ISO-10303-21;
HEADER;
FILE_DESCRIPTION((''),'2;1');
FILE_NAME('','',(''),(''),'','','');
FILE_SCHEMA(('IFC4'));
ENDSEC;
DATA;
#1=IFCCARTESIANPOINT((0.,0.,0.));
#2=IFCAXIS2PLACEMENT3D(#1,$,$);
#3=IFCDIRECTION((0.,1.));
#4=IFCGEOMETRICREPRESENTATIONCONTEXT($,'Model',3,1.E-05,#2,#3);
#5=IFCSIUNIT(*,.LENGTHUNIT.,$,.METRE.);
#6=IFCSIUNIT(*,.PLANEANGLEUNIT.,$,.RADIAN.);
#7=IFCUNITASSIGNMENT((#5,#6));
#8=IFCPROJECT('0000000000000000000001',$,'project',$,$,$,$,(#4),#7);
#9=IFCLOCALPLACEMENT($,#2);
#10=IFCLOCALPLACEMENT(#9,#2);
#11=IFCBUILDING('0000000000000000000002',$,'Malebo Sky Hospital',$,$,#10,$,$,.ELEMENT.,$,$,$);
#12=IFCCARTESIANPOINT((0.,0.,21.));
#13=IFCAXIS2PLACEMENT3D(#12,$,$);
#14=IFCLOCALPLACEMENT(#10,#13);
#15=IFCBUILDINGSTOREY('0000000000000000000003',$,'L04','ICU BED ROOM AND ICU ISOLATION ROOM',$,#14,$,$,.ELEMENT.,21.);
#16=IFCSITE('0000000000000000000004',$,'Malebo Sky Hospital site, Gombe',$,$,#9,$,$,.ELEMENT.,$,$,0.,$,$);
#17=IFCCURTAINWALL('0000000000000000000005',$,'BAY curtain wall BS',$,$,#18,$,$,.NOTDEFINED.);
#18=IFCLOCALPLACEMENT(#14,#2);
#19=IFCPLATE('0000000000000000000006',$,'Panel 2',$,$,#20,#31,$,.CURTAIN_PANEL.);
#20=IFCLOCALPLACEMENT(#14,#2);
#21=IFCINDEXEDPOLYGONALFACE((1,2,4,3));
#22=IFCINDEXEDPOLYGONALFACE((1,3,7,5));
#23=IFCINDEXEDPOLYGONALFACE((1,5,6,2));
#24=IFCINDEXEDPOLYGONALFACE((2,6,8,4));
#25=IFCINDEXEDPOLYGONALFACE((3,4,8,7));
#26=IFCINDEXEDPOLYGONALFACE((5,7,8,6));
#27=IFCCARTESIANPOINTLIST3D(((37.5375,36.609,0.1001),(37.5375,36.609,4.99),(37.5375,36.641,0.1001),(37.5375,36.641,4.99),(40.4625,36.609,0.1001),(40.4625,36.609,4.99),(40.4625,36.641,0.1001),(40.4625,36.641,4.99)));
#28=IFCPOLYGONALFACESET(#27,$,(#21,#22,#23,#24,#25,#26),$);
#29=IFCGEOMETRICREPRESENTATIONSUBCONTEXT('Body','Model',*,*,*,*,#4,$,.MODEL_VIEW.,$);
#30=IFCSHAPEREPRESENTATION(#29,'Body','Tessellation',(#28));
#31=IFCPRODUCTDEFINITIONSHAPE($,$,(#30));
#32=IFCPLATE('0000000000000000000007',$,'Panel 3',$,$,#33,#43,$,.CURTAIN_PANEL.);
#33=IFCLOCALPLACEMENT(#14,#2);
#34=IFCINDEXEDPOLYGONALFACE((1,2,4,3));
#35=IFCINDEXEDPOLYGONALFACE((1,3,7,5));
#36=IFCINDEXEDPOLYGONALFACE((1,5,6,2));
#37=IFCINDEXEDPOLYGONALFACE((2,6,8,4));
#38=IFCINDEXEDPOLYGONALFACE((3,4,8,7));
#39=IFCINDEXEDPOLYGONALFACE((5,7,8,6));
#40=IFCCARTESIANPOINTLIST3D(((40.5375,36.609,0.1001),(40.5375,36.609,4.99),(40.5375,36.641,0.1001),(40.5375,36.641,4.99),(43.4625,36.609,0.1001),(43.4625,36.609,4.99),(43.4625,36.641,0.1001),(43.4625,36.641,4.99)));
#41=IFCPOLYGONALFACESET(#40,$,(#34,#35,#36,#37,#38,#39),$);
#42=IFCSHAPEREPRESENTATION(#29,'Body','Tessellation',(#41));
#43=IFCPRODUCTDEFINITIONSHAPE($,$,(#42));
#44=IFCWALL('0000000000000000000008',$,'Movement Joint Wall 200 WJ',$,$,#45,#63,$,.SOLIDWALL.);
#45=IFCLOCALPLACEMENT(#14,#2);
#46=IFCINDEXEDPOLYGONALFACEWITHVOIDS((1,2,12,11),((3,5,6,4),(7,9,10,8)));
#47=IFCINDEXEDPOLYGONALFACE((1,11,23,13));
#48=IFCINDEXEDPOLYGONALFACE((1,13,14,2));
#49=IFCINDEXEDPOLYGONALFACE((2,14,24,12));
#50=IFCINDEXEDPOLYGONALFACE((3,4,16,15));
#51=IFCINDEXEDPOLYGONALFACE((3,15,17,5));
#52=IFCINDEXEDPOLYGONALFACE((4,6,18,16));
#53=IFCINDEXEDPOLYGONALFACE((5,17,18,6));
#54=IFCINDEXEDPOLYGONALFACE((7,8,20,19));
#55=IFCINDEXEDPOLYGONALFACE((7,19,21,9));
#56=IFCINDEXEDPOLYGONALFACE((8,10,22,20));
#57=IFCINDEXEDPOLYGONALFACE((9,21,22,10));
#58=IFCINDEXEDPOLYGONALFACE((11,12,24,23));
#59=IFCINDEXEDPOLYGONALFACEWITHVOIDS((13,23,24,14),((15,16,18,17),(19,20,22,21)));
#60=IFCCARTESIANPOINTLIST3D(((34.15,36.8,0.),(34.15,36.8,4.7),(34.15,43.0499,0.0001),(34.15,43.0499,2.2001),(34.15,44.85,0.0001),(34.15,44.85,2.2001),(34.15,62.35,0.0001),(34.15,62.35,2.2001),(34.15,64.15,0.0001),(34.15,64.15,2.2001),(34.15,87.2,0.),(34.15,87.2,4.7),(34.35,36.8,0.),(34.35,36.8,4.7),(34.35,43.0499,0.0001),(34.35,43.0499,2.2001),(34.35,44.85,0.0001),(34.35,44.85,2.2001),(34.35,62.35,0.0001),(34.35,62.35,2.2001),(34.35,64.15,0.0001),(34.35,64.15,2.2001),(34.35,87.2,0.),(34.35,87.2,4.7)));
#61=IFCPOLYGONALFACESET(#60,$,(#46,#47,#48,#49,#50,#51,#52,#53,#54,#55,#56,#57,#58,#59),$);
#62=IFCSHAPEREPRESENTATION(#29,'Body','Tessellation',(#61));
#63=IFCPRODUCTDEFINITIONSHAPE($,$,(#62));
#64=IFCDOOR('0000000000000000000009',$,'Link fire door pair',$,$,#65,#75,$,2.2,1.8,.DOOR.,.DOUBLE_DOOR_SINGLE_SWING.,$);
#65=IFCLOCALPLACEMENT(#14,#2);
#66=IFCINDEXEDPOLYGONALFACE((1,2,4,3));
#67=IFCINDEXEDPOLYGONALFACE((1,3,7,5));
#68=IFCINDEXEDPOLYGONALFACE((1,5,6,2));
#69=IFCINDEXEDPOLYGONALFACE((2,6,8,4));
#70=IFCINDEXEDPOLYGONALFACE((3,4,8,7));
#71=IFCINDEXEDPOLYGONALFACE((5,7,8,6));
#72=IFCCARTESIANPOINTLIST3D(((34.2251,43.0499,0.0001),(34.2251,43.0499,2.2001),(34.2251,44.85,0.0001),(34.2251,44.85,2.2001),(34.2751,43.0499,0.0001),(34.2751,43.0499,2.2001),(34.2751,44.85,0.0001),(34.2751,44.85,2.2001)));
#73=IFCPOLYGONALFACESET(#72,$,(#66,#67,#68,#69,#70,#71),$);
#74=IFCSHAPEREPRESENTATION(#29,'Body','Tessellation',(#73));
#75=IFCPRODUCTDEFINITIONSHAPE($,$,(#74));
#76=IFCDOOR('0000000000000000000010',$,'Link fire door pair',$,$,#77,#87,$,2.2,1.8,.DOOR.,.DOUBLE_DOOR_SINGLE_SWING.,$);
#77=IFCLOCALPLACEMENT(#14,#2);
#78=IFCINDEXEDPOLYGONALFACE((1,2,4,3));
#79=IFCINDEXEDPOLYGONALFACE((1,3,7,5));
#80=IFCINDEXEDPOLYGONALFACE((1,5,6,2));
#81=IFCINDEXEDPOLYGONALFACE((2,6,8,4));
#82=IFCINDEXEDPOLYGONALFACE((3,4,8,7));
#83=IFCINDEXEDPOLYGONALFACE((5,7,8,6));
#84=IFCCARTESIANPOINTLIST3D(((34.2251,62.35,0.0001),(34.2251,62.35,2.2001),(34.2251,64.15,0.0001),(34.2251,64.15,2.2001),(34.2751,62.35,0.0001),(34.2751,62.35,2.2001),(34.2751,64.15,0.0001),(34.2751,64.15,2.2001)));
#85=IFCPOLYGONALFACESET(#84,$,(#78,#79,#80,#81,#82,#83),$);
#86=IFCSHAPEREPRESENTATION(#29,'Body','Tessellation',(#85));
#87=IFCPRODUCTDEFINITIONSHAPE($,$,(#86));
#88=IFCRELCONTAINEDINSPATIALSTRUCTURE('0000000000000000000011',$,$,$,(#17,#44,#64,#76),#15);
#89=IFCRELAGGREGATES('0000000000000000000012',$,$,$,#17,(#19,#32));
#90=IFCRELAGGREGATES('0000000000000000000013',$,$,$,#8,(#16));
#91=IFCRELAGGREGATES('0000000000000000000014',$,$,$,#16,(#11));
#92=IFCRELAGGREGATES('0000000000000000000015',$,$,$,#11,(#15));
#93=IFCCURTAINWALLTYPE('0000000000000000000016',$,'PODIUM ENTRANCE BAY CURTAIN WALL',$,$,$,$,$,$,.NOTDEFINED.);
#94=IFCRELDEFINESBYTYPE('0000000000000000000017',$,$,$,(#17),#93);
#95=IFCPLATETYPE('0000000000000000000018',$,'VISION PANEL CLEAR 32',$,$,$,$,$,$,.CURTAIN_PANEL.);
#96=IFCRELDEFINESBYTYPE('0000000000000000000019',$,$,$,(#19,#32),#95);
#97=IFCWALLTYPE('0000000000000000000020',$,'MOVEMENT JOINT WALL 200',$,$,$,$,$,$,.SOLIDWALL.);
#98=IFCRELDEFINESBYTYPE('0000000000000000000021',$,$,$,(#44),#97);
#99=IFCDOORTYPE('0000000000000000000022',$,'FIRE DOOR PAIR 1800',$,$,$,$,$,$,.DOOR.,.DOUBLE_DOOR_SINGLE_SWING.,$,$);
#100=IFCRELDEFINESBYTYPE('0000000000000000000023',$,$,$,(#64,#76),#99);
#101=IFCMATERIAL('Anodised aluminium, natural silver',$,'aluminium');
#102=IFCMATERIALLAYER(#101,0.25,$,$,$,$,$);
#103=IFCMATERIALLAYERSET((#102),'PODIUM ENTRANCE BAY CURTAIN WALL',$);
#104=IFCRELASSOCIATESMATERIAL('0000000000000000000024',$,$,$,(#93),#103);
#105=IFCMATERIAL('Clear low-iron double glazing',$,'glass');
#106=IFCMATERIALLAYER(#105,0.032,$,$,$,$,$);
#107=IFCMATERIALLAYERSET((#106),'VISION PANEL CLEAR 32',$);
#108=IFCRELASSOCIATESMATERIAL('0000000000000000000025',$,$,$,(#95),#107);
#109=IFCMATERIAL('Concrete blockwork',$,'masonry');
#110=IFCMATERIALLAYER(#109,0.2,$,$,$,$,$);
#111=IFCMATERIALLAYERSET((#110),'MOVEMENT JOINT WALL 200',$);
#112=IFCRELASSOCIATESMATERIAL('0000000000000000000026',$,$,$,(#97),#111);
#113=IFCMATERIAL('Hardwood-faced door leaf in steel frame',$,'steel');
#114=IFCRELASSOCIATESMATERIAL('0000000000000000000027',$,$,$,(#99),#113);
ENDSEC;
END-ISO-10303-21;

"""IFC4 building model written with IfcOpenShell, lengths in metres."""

from ifc_helpers import new_model, si_unit, direction, frame, frame_2d, origin, origin_2d, place, context, subcontext, project, spatial, rectangle, extrude, material, layer, layer_set, type_object, element, fill, aggregate, save


model = new_model("IFC4")

# Units and contexts
model_context = context("Model", 3, precision=1e-05, world=origin(), true_north=direction((0.0, 1.0)))
body_context = subcontext(model_context, "Body", "Model", "MODEL_VIEW")
ifc_project = project(units=[si_unit("LENGTHUNIT", "METRE"), si_unit("PLANEANGLEUNIT", "RADIAN")], contexts=[model_context])

# Site, building, storey
site_placement = place(None, origin())
site = spatial("IfcSite", under=ifc_project, at=site_placement, Name="Malebo Sky Hospital site, Gombe", CompositionType="ELEMENT", RefElevation=0.0)
building_placement = place(site_placement, origin())
building = spatial("IfcBuilding", under=site, at=building_placement, Name="Malebo Sky Hospital", CompositionType="ELEMENT")
storey_placement = place(building_placement, frame((0.0, 0.0, 21.0)))
storey = spatial("IfcBuildingStorey", under=building, at=storey_placement, Name="L04", Description="ICU BED ROOM AND ICU ISOLATION ROOM", CompositionType="ELEMENT", Elevation=21.0)

# Shared definitions
ifc_material_1 = material(Name="Anodised aluminium, natural silver", Category="aluminium")

# Curtain wall
ifc_layer_1 = layer(ifc_material_1, 0.25)
ifc_layer_set_1 = layer_set([ifc_layer_1], Name="PODIUM ENTRANCE BAY CURTAIN WALL")
curtain_wall_type_1 = type_object("IfcCurtainWallType", Name="PODIUM ENTRANCE BAY CURTAIN WALL", PredefinedType="NOTDEFINED", material=ifc_layer_set_1)
curtain_wall_1_placement = place(storey_placement, origin())
curtain_wall_1 = element("IfcCurtainWall", 1, at=curtain_wall_1_placement, inside=storey, type_object=curtain_wall_type_1, Name="BAY curtain wall BS", PredefinedType="NOTDEFINED")

# Plates
ifc_material_2 = material(Name="Clear low-iron double glazing", Category="glass")
ifc_layer_2 = layer(ifc_material_2, 0.032)
ifc_layer_set_2 = layer_set([ifc_layer_2], Name="VISION PANEL CLEAR 32")
plate_type = type_object("IfcPlateType", Name="VISION PANEL CLEAR 32", PredefinedType="CURTAIN_PANEL", material=ifc_layer_set_2)
plate_1_placement = place(storey_placement, frame((39.0, 36.625, 0.1001), z_axis=(0.0, 0.0, 1.0), x_axis=(1.0, 0.0, 0.0)))
plate_1 = element("IfcPlate", 2, at=plate_1_placement, type_object=plate_type, Name="Panel 2", PredefinedType="CURTAIN_PANEL", context=body_context, shape_type="SweptSolid", body=[
    extrude(rectangle(XDim=2.925, YDim=0.032, at=origin_2d()), origin(), (0.0, 0.0, 1.0), 4.8899),
])
plate_2_placement = place(storey_placement, frame((42.0, 36.625, 0.1001), z_axis=(0.0, 0.0, 1.0), x_axis=(1.0, 0.0, 0.0)))
plate_2 = element("IfcPlate", 3, at=plate_2_placement, type_object=plate_type, Name="Panel 3", PredefinedType="CURTAIN_PANEL", context=body_context, shape_type="SweptSolid", body=[
    extrude(rectangle(XDim=2.925, YDim=0.032, at=origin_2d()), origin(), (0.0, 0.0, 1.0), 4.8899),
])
aggregate(curtain_wall_1, [plate_1, plate_2])

# Wall, openings, doors
ifc_material_3 = material(Name="Concrete blockwork", Category="masonry")
ifc_layer_3 = layer(ifc_material_3, 0.2)
ifc_layer_set_3 = layer_set([ifc_layer_3], Name="MOVEMENT JOINT WALL 200")
wall_type = type_object("IfcWallType", Name="MOVEMENT JOINT WALL 200", PredefinedType="SOLIDWALL", material=ifc_layer_set_3)
wall_placement = place(storey_placement, frame((34.25, 36.8, 0.0), z_axis=(0.0, 0.0, 1.0), x_axis=(0.0, 1.0, 0.0)))
wall = element("IfcWall", 4, at=wall_placement, inside=storey, type_object=wall_type, Name="Movement Joint Wall 200 WJ", PredefinedType="SOLIDWALL", context=body_context, shape_type="SweptSolid", body=[
    extrude(rectangle(XDim=50.3999, YDim=0.2, at=frame_2d((25.2, 0.0))), origin(), (0.0, 0.0, 1.0), 4.7),
])
opening_1_placement = place(wall_placement, frame((6.25, 0.0, 0.0)))
opening_1 = element("IfcOpeningElement", 5, at=opening_1_placement, cuts=wall, PredefinedType="OPENING", context=body_context, shape_type="SweptSolid", body=[
    extrude(rectangle(XDim=1.8, YDim=2.2, at=frame_2d((0.8999, 1.1001))), frame((0.0, 0.1099, 0.0), z_axis=(0.0, -1.0, 0.0), x_axis=(1.0, 0.0, 0.0)), (0.0, 0.0, 1.0), 0.22),
])
opening_2_placement = place(wall_placement, frame((25.55, 0.0, 0.0)))
opening_2 = element("IfcOpeningElement", 6, at=opening_2_placement, cuts=wall, PredefinedType="OPENING", context=body_context, shape_type="SweptSolid", body=[
    extrude(rectangle(XDim=1.8, YDim=2.2, at=frame_2d((0.8999, 1.1001))), frame((0.0, 0.1099, 0.0), z_axis=(0.0, -1.0, 0.0), x_axis=(1.0, 0.0, 0.0)), (0.0, 0.0, 1.0), 0.22),
])
ifc_material_4 = material(Name="Hardwood-faced door leaf in steel frame", Category="steel")
door_type = type_object("IfcDoorType", Name="FIRE DOOR PAIR 1800", OperationType="DOUBLE_DOOR_SINGLE_SWING", PredefinedType="DOOR", material=ifc_material_4)
door_1_placement = place(opening_1_placement, origin())
door_1 = element("IfcDoor", 7, at=door_1_placement, inside=storey, type_object=door_type, Name="Link fire door pair", OperationType="DOUBLE_DOOR_SINGLE_SWING", OverallHeight=2.2, OverallWidth=1.8, PredefinedType="DOOR", context=body_context, shape_type="SweptSolid", body=[
    extrude(rectangle(XDim=1.8, YDim=2.2, at=frame_2d((0.8999, 1.1001))), frame((0.0, 0.0249, 0.0), z_axis=(0.0, -1.0, 0.0), x_axis=(1.0, 0.0, 0.0)), (0.0, 0.0, 1.0), 0.05),
])
fill(opening_1, door_1)
door_2_placement = place(opening_2_placement, origin())
door_2 = element("IfcDoor", 8, at=door_2_placement, inside=storey, type_object=door_type, Name="Link fire door pair", OperationType="DOUBLE_DOOR_SINGLE_SWING", OverallHeight=2.2, OverallWidth=1.8, PredefinedType="DOOR", context=body_context, shape_type="SweptSolid", body=[
    extrude(rectangle(XDim=1.8, YDim=2.2, at=frame_2d((0.8999, 1.1001))), frame((0.0, 0.0249, 0.0), z_axis=(0.0, -1.0, 0.0), x_axis=(1.0, 0.0, 0.0)), (0.0, 0.0, 1.0), 0.05),
])
fill(opening_2, door_2)

save(model, "model.ifc")
